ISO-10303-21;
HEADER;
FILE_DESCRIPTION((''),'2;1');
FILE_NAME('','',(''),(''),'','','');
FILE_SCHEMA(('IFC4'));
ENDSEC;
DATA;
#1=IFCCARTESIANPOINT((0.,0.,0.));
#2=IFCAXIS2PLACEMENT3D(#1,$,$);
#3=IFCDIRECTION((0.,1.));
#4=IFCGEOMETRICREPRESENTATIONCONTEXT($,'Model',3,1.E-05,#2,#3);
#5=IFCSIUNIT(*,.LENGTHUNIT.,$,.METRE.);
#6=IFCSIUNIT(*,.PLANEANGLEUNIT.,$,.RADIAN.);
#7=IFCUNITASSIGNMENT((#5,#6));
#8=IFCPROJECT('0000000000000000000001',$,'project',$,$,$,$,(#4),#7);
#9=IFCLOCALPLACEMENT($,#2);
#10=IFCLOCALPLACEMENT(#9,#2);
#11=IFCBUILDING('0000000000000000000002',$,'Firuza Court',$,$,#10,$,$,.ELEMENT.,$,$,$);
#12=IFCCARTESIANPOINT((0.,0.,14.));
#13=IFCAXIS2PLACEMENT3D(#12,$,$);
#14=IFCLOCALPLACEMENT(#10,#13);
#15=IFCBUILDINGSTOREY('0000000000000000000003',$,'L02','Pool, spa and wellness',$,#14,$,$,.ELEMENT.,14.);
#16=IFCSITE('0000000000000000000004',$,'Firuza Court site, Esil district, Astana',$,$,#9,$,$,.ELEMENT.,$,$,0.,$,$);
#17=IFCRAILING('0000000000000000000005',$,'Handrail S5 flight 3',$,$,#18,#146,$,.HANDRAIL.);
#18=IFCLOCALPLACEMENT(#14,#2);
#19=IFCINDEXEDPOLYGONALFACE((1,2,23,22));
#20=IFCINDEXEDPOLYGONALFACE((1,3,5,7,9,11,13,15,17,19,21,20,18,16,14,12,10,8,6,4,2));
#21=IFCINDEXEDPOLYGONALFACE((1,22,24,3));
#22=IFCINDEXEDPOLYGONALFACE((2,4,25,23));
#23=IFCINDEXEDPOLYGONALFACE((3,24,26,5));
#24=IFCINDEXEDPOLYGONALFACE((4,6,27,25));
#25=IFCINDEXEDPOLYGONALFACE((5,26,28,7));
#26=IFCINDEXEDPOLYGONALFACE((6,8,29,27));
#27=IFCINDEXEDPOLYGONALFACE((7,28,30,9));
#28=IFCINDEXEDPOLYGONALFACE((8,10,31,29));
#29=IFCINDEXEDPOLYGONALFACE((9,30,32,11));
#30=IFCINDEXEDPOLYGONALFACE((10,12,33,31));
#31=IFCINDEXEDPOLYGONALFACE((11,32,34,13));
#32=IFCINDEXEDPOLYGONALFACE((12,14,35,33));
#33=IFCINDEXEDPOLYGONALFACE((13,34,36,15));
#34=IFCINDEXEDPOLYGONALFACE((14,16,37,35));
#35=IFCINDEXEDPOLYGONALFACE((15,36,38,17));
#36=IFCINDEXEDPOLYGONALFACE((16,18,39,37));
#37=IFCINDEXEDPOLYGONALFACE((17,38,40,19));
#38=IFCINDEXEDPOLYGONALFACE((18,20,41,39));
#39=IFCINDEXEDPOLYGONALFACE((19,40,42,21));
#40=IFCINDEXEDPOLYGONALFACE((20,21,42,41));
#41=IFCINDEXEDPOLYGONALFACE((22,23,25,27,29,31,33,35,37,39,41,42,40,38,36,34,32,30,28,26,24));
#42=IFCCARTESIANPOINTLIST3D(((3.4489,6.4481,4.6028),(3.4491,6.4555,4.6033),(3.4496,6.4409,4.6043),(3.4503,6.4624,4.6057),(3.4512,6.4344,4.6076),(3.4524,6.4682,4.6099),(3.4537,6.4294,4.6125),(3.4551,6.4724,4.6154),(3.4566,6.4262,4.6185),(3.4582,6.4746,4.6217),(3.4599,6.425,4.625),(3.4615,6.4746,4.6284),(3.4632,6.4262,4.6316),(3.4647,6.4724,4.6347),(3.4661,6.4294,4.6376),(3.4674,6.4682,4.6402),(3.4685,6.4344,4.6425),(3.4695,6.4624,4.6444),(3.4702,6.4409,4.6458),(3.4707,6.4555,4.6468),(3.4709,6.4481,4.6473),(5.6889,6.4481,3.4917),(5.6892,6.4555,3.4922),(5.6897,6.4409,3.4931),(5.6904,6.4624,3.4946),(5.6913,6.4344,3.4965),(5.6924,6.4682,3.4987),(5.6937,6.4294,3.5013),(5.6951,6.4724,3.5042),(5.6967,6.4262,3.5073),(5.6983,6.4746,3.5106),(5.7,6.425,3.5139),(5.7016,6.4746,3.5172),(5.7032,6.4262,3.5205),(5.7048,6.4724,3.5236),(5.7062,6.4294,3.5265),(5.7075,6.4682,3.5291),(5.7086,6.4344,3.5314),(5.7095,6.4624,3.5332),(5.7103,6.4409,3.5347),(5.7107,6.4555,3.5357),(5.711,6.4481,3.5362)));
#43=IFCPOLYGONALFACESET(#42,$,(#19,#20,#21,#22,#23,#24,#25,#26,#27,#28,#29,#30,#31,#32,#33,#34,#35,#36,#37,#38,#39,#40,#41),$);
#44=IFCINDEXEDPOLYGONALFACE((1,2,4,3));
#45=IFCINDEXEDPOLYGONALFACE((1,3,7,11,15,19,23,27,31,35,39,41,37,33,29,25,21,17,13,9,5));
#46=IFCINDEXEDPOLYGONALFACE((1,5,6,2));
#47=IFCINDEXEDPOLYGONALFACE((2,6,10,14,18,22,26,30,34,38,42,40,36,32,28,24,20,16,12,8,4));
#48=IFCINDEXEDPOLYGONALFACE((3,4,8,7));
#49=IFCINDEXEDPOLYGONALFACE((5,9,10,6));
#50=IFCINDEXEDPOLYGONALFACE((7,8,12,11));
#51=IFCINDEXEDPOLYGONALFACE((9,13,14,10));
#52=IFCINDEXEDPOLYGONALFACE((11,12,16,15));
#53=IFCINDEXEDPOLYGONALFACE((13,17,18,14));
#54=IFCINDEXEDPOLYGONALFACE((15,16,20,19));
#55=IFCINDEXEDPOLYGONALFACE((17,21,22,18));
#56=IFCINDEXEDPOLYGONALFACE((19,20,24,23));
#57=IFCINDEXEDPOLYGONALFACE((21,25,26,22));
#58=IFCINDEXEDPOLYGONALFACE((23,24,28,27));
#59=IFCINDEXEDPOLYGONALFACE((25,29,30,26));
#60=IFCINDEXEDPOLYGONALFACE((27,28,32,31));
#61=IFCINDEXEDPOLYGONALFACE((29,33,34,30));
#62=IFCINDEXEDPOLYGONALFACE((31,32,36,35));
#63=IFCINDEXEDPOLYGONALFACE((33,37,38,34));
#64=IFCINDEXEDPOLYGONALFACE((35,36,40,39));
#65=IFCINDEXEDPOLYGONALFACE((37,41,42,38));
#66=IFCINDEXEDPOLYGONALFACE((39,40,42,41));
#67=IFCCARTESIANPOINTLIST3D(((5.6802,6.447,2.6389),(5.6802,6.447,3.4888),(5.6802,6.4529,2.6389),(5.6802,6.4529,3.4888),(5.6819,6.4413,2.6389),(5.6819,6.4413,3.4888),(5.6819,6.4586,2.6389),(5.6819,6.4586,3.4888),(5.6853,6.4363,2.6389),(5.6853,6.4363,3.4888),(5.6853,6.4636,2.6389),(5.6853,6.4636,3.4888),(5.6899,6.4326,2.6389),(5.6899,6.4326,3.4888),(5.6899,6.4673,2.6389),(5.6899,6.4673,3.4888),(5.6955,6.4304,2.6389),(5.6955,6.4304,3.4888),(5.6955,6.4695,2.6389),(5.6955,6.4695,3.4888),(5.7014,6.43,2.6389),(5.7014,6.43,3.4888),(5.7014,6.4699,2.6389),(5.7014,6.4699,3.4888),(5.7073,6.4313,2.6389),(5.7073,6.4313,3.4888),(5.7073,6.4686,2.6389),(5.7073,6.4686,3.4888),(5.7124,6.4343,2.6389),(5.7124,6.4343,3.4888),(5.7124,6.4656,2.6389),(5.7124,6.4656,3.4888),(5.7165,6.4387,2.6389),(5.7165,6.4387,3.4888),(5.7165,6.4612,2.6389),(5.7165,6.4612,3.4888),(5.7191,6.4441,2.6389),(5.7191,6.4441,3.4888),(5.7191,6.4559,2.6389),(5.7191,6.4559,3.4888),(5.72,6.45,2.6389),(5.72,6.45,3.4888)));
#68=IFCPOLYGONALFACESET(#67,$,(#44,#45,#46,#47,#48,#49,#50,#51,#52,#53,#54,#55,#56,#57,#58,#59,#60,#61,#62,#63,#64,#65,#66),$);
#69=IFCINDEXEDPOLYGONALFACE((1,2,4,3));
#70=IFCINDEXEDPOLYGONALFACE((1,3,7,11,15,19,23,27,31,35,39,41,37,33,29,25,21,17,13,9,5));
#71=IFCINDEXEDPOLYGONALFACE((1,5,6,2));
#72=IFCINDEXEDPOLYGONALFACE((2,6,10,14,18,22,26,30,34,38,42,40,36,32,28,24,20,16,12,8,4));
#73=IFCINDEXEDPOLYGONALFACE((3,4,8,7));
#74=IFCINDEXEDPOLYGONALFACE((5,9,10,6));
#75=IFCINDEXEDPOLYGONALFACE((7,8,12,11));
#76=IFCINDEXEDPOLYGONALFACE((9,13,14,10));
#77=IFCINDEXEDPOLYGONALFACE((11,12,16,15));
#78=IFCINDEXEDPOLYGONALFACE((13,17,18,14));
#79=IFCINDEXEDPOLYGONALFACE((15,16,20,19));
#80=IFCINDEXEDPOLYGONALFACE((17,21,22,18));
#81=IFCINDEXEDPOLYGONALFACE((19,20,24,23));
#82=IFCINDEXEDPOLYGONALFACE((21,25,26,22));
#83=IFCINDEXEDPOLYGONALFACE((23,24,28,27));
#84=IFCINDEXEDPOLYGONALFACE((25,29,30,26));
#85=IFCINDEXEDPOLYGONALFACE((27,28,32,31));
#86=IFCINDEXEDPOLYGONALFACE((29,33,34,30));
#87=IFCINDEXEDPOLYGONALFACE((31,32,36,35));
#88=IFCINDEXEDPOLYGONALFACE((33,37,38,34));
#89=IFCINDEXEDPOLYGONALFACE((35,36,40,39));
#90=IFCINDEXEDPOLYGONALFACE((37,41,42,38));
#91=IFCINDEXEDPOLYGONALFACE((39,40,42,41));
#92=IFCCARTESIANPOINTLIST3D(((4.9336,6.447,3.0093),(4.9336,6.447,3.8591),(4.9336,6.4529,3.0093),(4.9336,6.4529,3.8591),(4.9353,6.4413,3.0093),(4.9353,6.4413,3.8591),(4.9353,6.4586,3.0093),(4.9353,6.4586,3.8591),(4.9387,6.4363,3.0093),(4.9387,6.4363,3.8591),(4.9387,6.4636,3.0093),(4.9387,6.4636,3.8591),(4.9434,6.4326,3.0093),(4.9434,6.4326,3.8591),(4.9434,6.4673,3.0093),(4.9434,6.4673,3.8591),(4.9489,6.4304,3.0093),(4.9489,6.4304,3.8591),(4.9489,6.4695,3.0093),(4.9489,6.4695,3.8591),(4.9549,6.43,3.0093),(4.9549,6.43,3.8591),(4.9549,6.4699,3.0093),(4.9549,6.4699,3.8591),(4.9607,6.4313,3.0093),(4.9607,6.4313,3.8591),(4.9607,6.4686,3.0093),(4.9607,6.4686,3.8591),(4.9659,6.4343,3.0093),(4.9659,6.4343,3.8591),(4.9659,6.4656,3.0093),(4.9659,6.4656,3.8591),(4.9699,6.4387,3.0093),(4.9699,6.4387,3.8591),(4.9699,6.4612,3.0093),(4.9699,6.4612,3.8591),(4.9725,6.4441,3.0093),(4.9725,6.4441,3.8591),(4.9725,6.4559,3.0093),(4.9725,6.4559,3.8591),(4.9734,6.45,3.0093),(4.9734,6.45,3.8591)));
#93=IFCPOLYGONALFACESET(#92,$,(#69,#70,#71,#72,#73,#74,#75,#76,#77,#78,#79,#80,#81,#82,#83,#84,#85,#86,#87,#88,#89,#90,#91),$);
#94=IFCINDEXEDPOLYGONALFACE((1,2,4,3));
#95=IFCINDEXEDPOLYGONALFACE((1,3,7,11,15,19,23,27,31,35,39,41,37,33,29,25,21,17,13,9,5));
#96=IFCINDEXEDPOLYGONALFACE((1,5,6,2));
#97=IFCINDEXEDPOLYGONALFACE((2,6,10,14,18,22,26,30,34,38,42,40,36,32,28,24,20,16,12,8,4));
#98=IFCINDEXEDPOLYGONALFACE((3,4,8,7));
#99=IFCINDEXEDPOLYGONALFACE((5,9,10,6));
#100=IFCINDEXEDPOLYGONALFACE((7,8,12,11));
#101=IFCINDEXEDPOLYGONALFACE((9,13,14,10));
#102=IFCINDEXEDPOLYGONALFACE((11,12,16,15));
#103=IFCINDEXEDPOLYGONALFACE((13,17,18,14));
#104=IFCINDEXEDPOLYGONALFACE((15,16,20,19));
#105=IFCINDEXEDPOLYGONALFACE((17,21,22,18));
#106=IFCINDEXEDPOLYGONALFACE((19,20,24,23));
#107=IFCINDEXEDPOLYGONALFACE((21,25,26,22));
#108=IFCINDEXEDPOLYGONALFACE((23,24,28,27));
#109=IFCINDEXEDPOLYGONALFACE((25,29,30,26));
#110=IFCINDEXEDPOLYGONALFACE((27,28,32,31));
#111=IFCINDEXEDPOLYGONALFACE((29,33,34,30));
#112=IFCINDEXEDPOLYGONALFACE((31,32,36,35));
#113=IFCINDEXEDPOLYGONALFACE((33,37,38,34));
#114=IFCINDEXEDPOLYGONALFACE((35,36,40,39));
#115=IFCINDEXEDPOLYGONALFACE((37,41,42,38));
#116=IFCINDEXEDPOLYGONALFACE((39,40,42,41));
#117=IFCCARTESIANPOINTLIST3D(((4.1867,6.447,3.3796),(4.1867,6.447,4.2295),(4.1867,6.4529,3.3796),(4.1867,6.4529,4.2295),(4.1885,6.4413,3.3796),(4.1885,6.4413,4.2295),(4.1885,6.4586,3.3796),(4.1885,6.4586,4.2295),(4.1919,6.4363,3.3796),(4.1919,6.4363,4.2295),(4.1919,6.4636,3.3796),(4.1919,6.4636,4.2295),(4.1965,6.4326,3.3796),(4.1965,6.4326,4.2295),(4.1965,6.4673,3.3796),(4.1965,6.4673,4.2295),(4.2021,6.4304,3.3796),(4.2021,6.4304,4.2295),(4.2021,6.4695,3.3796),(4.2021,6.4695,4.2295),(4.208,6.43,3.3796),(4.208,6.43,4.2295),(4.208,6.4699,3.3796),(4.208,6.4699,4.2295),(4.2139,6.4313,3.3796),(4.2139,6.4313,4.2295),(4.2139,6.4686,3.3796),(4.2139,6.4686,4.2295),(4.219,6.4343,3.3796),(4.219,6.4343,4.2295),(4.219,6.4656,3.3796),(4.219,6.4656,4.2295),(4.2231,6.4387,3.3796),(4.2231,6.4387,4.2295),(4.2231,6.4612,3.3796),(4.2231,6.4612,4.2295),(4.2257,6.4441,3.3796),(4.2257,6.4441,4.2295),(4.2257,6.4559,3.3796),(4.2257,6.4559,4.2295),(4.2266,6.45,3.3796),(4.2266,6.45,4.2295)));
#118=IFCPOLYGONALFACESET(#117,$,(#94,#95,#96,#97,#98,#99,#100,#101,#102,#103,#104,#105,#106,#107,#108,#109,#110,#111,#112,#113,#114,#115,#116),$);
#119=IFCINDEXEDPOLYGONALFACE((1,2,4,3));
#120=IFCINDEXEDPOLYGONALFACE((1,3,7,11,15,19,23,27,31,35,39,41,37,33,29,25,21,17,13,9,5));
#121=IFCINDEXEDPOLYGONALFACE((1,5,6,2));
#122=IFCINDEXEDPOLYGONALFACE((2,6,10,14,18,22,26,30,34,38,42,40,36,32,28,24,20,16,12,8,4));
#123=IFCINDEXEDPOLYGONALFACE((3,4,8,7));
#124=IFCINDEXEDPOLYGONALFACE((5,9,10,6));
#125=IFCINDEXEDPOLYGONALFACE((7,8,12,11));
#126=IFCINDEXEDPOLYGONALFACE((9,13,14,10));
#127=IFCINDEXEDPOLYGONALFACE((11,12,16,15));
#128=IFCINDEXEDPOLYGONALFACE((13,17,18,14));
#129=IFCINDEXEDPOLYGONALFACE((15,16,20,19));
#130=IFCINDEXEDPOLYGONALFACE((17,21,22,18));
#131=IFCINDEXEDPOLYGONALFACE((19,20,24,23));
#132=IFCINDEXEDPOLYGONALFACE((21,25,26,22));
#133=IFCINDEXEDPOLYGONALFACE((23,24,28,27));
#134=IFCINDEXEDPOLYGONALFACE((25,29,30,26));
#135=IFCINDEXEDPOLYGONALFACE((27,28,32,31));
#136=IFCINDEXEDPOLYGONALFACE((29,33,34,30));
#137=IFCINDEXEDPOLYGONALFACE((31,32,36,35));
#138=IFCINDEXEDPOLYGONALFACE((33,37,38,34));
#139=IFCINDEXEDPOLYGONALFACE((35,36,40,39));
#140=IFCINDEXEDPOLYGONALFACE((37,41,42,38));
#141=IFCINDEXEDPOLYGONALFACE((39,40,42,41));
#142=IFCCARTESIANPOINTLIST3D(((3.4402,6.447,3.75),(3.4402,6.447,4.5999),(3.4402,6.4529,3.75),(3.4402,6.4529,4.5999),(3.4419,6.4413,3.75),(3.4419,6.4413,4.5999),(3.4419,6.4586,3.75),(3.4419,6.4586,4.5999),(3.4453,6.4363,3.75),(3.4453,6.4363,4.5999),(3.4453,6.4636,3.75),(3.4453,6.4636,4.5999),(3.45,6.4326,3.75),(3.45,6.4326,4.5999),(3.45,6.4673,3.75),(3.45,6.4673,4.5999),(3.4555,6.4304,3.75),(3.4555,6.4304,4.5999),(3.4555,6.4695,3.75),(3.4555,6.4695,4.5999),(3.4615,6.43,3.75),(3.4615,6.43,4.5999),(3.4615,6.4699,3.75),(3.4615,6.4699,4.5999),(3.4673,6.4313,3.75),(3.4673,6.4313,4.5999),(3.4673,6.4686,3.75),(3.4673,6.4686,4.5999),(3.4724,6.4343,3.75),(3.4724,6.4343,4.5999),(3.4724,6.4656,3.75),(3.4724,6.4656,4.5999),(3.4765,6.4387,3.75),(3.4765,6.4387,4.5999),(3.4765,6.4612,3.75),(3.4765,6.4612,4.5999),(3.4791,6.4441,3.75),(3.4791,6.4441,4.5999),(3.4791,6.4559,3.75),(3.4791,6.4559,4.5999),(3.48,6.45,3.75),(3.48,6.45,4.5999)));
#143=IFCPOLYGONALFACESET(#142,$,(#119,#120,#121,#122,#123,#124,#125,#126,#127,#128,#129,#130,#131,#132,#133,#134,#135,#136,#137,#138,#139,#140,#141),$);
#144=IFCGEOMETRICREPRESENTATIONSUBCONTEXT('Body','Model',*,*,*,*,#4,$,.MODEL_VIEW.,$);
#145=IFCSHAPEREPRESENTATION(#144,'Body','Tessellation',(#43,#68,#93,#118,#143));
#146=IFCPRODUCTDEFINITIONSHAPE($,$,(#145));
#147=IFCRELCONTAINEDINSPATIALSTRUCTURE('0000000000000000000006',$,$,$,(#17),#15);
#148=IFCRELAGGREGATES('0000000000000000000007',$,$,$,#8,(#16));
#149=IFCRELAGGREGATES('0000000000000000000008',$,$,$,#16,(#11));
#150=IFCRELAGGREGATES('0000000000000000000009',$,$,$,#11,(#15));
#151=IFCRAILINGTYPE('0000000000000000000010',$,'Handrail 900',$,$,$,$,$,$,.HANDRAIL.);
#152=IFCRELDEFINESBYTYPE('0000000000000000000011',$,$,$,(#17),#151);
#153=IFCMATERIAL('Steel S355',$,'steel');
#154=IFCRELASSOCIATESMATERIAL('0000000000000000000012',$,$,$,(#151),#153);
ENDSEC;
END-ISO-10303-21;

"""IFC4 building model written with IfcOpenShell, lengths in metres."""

from ifc_helpers import new_model, si_unit, direction, frame, origin, origin_2d, place, context, subcontext, project, spatial, circle, extrude, material, type_object, element, save


model = new_model("IFC4")

# Units and contexts
model_context = context("Model", 3, precision=1e-05, world=origin(), true_north=direction((0.0, 1.0)))
body_context = subcontext(model_context, "Body", "Model", "MODEL_VIEW")
ifc_project = project(units=[si_unit("LENGTHUNIT", "METRE"), si_unit("PLANEANGLEUNIT", "RADIAN")], contexts=[model_context])

# Site, building, storey
site_placement = place(None, origin())
site = spatial("IfcSite", under=ifc_project, at=site_placement, Name="Firuza Court site, Esil district, Astana", CompositionType="ELEMENT", RefElevation=0.0)
building_placement = place(site_placement, origin())
building = spatial("IfcBuilding", under=site, at=building_placement, Name="Firuza Court", CompositionType="ELEMENT")
storey_placement = place(building_placement, frame((0.0, 0.0, 14.0)))
storey = spatial("IfcBuildingStorey", under=building, at=storey_placement, Name="L02", Description="Pool, spa and wellness", CompositionType="ELEMENT", Elevation=14.0)

# Railing
ifc_material_1 = material(Name="Steel S355", Category="steel")
railing_type_1 = type_object("IfcRailingType", Name="Handrail 900", PredefinedType="HANDRAIL", material=ifc_material_1)
for number, where, name in (
    (1, (5.7, 6.45, 2.6389), "Handrail S5 flight 3"),
):
    element("IfcRailing", number, at=place(storey_placement, frame(where)), inside=storey, type_object=railing_type_1, Name=name, PredefinedType="HANDRAIL", context=body_context, shape_type="SweptSolid", body=[
        extrude(circle(Radius=0.0249, at=origin_2d()), frame((0.0, 0.0, 0.875), z_axis=(-0.895848, 0.0, 0.44436), x_axis=(0.0, -1.0, 0.0)), (0.0, 0.0, 1.0), 2.5005),
        extrude(circle(Radius=0.02, at=origin_2d()), origin(), (0.0, 0.0, 1.0), 0.8499),
        extrude(circle(Radius=0.02, at=origin_2d()), frame((-0.7466, 0.0, 0.3704)), (0.0, 0.0, 1.0), 0.8499),
        extrude(circle(Radius=0.02, at=origin_2d()), frame((-1.4934, 0.0, 0.7407)), (0.0, 0.0, 1.0), 0.8499),
        extrude(circle(Radius=0.02, at=origin_2d()), frame((-2.24, 0.0, 1.1111)), (0.0, 0.0, 1.0), 0.8499),
    ])

save(model, "model.ifc")
